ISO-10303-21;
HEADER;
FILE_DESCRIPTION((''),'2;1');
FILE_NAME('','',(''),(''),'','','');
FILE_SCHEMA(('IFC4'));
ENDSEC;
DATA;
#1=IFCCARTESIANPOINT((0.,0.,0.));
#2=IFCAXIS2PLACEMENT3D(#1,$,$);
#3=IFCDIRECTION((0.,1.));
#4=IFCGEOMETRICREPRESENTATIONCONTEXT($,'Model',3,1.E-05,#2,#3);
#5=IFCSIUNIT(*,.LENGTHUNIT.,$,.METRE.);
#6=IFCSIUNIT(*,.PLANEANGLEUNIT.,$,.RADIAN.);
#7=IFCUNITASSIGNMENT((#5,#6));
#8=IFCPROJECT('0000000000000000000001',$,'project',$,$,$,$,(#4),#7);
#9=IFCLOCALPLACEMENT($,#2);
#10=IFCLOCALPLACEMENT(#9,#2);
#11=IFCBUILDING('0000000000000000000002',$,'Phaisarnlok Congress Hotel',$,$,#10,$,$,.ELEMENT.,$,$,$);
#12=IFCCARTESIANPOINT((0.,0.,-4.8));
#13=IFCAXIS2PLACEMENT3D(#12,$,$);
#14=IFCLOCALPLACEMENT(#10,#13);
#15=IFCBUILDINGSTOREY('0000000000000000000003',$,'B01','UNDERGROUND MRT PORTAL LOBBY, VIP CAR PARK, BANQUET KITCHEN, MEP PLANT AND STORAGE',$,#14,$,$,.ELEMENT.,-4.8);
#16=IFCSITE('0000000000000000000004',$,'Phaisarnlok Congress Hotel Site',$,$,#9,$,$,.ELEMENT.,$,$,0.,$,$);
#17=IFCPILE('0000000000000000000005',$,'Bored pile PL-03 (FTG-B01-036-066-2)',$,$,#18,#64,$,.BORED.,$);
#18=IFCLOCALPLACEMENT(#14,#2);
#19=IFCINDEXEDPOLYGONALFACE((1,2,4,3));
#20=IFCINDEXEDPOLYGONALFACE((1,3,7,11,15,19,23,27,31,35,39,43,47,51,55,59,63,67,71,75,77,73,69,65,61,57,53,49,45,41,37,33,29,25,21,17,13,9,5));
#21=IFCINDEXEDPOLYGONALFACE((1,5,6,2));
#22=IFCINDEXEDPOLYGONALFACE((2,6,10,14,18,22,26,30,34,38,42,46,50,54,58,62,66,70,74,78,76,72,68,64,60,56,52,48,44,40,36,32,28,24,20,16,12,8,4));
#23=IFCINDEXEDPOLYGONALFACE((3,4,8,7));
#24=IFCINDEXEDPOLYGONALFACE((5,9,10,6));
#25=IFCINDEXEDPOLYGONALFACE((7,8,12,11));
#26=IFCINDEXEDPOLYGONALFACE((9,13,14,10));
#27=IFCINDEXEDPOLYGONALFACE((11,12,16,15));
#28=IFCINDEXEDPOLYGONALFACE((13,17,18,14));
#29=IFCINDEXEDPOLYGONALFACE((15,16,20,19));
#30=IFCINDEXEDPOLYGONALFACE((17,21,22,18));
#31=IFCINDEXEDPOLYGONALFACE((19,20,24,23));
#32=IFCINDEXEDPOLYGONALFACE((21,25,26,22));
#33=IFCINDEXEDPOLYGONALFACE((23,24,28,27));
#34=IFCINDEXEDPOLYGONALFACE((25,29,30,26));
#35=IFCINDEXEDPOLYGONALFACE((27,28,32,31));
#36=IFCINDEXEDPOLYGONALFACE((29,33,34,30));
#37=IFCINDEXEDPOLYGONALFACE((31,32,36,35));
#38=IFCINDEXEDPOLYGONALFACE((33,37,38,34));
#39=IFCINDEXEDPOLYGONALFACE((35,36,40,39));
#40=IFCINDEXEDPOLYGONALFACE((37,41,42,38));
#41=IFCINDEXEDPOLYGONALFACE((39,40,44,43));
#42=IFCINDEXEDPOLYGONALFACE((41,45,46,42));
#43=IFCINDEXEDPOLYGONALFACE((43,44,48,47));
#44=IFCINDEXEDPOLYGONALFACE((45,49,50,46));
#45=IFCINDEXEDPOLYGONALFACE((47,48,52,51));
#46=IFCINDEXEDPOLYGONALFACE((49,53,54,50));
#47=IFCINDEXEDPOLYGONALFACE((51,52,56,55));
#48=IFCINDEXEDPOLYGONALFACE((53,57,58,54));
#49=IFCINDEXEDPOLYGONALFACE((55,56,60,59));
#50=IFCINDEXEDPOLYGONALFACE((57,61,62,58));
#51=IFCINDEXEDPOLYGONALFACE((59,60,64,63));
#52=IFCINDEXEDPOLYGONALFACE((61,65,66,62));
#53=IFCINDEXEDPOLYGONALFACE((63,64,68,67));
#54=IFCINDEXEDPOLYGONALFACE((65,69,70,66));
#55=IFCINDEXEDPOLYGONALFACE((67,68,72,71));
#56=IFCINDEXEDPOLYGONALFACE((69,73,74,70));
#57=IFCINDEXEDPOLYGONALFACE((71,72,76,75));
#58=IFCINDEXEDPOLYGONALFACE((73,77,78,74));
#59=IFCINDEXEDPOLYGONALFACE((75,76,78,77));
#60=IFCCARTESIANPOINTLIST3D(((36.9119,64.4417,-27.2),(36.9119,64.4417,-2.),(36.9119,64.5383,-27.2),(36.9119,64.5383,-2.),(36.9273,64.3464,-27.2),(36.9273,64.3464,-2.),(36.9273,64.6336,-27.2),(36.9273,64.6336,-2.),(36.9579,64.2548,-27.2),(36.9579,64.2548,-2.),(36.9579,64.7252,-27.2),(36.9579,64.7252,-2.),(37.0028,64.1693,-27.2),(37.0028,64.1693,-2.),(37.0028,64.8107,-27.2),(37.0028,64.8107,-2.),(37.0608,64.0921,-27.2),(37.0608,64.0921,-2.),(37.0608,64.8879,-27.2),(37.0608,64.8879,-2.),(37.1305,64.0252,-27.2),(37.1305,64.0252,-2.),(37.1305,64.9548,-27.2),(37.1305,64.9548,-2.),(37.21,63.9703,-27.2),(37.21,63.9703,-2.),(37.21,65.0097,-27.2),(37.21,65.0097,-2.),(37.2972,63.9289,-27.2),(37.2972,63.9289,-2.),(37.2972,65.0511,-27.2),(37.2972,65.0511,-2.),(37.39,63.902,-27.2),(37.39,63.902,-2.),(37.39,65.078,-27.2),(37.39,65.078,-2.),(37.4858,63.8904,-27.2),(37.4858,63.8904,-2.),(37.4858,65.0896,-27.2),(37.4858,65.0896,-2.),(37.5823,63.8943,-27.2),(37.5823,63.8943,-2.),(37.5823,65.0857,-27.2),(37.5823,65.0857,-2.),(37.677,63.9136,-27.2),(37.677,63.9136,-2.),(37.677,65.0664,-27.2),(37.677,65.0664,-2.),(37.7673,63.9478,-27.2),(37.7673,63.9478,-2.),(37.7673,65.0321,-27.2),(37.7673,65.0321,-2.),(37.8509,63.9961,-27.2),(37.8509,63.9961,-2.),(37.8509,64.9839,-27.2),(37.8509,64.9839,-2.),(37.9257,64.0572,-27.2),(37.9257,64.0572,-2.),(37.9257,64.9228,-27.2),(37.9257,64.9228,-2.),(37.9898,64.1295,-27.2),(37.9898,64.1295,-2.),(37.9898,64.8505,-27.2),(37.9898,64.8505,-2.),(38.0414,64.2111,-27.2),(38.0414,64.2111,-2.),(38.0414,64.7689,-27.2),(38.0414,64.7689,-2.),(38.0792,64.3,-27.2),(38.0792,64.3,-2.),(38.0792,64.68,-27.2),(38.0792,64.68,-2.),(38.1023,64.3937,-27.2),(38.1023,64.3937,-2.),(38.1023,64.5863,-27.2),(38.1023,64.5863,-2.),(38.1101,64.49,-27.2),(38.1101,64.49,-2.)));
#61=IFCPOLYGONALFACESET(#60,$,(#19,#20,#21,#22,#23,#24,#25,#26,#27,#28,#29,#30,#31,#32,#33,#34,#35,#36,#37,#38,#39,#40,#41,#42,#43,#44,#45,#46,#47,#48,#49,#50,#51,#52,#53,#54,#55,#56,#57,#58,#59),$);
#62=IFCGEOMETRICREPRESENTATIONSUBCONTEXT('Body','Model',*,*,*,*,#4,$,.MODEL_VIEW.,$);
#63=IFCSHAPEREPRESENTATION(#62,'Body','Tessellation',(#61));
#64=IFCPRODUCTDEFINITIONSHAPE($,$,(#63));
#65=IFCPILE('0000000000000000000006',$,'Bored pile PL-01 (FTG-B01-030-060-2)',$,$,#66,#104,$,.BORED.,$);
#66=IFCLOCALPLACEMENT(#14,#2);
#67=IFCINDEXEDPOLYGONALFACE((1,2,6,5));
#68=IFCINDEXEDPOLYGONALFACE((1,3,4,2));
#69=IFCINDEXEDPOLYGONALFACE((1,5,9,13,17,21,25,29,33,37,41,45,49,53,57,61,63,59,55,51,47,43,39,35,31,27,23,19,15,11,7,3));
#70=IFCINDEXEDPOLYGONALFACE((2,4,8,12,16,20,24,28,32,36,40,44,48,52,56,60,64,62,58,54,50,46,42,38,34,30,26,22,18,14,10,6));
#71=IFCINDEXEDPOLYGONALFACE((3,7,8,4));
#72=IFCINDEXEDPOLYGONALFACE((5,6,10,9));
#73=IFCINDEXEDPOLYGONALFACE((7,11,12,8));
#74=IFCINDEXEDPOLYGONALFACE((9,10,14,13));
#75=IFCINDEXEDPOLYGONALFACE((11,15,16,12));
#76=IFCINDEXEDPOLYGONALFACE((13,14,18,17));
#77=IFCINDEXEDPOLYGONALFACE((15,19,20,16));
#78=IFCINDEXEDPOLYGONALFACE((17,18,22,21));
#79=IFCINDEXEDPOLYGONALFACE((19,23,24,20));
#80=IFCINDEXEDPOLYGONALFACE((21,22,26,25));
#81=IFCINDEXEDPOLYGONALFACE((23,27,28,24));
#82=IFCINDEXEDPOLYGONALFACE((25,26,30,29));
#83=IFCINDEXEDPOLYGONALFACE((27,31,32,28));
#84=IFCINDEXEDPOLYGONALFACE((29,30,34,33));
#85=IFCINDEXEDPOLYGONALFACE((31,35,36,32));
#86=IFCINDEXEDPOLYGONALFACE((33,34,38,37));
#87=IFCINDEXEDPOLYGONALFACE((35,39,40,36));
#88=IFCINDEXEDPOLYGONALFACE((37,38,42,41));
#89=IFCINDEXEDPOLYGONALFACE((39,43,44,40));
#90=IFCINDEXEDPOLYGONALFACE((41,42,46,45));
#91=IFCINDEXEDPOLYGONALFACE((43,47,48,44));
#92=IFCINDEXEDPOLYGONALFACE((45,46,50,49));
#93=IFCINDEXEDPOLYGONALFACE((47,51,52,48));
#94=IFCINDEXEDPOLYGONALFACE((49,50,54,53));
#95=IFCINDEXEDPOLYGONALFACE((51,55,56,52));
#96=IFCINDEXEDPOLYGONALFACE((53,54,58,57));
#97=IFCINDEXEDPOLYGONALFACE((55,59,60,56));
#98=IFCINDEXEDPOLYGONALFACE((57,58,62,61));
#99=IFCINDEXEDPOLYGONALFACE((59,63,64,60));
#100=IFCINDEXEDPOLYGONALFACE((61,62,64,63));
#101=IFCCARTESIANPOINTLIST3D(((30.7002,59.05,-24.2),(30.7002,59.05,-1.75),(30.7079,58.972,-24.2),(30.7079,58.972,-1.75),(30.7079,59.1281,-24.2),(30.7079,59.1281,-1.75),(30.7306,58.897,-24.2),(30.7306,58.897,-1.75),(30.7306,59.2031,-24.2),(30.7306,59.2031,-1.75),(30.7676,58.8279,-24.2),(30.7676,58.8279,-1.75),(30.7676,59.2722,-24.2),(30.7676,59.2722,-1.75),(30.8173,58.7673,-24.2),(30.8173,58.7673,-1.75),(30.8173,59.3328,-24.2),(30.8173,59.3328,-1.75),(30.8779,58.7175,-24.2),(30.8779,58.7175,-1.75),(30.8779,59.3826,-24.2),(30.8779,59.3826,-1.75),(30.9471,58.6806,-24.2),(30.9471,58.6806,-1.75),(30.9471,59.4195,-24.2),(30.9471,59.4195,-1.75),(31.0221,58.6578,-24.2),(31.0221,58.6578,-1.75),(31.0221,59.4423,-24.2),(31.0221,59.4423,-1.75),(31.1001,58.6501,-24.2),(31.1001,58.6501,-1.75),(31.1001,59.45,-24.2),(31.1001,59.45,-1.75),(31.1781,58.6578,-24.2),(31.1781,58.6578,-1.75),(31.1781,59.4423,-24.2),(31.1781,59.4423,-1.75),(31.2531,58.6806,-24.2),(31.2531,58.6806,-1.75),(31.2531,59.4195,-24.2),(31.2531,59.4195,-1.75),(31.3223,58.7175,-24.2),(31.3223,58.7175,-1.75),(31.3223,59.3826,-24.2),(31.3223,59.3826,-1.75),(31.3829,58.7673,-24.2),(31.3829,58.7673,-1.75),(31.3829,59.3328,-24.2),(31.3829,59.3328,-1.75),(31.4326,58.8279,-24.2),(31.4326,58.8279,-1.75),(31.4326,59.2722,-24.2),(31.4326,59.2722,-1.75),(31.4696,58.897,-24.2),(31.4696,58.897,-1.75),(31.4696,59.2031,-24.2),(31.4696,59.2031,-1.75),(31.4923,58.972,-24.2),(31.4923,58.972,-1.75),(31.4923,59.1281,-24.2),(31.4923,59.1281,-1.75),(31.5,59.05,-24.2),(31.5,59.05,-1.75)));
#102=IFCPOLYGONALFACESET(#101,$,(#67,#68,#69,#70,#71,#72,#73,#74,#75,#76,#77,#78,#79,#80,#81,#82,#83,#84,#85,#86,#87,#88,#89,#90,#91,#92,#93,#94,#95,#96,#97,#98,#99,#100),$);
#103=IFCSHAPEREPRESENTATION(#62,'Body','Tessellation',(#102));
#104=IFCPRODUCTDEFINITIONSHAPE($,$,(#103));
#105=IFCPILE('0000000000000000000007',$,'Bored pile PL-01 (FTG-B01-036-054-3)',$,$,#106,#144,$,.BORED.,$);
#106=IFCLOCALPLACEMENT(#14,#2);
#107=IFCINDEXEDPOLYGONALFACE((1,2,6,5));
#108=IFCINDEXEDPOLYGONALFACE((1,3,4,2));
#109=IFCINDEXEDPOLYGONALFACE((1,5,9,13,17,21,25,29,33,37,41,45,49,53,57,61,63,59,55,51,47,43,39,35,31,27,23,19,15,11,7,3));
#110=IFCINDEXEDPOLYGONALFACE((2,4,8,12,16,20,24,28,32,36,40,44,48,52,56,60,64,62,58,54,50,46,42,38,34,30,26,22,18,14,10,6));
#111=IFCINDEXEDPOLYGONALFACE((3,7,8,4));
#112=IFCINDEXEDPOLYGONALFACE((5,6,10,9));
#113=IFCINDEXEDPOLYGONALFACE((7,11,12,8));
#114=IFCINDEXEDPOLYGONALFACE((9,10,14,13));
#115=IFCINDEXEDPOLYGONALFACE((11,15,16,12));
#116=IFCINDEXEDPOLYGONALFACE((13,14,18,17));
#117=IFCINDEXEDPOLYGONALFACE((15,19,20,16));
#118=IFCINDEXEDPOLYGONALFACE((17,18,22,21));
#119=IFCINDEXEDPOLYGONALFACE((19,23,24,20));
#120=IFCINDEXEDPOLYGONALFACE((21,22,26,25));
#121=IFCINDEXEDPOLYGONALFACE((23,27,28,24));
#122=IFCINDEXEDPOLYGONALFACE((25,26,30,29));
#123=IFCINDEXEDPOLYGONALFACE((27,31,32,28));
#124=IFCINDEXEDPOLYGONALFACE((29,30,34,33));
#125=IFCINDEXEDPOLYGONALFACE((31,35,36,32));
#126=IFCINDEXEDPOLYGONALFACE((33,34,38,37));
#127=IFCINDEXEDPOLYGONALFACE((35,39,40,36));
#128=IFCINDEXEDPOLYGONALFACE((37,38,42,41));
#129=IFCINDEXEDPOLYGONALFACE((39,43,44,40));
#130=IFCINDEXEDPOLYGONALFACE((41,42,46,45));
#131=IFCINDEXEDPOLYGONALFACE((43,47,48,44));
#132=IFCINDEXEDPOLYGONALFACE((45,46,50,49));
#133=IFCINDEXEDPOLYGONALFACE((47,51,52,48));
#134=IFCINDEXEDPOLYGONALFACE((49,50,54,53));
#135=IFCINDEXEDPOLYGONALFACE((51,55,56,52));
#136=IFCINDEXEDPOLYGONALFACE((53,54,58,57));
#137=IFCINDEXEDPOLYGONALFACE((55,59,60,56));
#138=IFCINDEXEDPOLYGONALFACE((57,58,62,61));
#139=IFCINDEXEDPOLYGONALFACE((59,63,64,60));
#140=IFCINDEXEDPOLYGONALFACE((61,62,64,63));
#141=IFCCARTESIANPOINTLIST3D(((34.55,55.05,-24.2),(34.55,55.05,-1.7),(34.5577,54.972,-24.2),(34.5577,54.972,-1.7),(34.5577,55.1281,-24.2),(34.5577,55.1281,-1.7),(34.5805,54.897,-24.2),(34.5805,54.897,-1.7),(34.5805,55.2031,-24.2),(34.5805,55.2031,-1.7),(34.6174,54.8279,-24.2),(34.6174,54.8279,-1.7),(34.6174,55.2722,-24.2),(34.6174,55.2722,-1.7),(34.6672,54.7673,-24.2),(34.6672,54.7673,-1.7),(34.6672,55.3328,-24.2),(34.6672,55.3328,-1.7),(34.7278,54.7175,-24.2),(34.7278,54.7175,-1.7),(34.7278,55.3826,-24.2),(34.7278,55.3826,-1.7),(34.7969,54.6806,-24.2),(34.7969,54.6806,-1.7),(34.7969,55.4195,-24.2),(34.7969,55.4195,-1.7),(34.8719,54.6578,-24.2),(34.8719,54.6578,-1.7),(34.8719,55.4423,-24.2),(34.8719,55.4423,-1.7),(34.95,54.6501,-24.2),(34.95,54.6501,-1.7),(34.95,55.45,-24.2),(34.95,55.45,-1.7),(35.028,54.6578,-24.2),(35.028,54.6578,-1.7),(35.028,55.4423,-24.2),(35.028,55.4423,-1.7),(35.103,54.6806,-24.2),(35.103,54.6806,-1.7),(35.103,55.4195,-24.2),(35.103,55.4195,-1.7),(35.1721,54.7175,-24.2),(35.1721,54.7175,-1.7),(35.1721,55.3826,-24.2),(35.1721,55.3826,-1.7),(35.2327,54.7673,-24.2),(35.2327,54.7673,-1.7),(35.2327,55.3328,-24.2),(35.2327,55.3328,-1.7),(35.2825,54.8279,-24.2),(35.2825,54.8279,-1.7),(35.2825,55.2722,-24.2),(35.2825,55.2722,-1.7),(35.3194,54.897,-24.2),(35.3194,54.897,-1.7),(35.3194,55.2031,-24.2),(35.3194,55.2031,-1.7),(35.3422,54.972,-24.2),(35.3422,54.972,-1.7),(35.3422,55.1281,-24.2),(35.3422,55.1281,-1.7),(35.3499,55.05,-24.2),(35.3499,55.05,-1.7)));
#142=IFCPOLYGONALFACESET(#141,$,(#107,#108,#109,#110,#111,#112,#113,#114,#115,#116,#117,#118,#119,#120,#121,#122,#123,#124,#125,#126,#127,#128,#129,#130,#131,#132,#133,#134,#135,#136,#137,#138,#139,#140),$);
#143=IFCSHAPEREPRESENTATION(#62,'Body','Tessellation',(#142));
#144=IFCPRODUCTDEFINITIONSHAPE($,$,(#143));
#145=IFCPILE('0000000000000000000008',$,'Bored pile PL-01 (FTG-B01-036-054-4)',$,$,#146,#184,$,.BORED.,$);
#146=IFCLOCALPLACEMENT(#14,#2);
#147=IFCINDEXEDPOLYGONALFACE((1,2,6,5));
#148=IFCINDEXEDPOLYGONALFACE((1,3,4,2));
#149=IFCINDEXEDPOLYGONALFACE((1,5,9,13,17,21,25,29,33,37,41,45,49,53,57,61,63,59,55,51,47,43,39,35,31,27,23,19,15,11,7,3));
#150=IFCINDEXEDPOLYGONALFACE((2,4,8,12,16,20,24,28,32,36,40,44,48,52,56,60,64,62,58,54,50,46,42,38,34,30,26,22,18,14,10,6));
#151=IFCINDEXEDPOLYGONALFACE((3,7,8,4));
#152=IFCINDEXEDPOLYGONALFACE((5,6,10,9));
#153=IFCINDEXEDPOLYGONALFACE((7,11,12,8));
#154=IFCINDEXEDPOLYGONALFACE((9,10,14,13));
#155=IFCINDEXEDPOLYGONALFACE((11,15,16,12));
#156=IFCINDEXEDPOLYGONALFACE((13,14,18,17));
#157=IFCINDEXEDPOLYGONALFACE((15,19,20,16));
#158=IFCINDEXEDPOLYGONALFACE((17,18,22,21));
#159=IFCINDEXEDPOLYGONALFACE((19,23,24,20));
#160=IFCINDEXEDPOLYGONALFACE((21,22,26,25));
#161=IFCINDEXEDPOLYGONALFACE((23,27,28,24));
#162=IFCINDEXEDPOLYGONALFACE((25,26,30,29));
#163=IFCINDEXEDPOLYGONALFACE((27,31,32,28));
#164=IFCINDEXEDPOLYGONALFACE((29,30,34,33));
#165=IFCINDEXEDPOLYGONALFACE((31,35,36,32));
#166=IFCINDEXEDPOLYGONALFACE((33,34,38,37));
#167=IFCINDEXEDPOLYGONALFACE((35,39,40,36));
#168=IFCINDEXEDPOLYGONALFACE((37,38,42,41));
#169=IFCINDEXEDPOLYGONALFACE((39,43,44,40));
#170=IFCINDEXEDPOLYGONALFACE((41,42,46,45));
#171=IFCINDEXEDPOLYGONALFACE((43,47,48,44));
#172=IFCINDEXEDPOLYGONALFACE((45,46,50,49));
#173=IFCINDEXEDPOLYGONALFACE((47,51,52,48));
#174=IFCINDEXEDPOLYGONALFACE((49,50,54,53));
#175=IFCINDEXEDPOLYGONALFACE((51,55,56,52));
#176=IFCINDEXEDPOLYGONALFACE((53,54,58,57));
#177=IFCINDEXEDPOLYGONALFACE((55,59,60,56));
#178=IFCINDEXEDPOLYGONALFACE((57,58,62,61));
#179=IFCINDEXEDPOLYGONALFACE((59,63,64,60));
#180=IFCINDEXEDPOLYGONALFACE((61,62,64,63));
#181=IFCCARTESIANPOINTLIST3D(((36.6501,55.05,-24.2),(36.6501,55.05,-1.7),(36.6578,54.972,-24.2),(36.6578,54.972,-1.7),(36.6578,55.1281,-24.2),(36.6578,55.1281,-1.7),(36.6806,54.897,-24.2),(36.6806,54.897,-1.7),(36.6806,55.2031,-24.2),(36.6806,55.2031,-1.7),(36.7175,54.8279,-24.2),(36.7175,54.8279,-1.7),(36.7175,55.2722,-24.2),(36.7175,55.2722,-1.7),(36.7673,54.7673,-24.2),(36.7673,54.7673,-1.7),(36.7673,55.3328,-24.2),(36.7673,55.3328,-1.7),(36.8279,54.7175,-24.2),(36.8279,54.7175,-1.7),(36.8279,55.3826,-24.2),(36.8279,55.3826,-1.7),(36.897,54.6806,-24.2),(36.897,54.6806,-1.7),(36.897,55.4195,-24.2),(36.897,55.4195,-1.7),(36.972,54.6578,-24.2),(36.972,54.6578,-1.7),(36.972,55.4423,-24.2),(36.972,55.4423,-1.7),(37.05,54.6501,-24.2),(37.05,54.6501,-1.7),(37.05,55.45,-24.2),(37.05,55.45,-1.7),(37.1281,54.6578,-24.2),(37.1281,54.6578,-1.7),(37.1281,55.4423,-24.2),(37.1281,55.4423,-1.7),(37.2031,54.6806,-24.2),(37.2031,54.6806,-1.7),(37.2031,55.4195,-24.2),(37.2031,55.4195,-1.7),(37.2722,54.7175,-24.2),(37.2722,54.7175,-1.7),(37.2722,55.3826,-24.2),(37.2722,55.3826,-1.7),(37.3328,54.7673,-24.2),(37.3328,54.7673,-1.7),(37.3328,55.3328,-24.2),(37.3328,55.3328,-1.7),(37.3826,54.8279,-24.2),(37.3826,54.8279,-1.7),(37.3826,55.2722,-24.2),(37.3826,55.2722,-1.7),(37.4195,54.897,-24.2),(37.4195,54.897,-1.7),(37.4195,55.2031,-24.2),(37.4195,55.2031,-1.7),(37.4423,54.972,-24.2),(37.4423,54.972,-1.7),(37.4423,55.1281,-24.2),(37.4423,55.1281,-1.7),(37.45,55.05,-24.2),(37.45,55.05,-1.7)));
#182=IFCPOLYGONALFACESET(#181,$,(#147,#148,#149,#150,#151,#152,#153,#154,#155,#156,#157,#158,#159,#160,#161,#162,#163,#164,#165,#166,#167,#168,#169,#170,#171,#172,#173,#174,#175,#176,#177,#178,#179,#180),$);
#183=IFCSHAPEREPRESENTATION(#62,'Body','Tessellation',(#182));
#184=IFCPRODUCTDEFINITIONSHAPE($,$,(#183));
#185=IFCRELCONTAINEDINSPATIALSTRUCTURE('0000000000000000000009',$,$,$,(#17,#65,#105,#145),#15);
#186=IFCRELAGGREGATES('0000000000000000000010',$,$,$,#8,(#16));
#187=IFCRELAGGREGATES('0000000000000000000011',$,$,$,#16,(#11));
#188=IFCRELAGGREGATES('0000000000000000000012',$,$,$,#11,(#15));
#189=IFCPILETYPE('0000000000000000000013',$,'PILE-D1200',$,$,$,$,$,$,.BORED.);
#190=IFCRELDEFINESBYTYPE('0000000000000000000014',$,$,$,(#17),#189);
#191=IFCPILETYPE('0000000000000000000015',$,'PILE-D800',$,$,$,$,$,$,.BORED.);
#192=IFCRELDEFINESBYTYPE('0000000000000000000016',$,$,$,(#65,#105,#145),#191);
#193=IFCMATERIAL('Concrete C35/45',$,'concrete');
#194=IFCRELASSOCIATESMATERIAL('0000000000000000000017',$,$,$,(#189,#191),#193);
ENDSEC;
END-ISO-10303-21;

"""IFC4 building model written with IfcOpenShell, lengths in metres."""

from ifc_helpers import new_model, si_unit, direction, frame, origin, origin_2d, place, context, subcontext, project, spatial, circle, extrude, material, material_profile, profile_set, type_object, element, save


model = new_model("IFC4")

# Units and contexts
model_context = context("Model", 3, precision=1e-05, world=origin(), true_north=direction((0.0, 1.0)))
body_context = subcontext(model_context, "Body", "Model", "MODEL_VIEW")
ifc_project = project(units=[si_unit("LENGTHUNIT", "METRE"), si_unit("PLANEANGLEUNIT", "RADIAN")], contexts=[model_context])

# Site, building, storey
site_placement = place(None, origin())
site = spatial("IfcSite", under=ifc_project, at=site_placement, Name="Phaisarnlok Congress Hotel Site", CompositionType="ELEMENT", RefElevation=0.0)
building_placement = place(site_placement, origin())
building = spatial("IfcBuilding", under=site, at=building_placement, Name="Phaisarnlok Congress Hotel", CompositionType="ELEMENT")
storey_placement = place(building_placement, frame((0.0, 0.0, -4.8)))
storey = spatial("IfcBuildingStorey", under=building, at=storey_placement, Name="B01", Description="UNDERGROUND MRT PORTAL LOBBY, VIP CAR PARK, BANQUET KITCHEN, MEP PLANT AND STORAGE", CompositionType="ELEMENT", Elevation=-4.8)

# Piles
ifc_material_1 = material(Name="Concrete C35/45", Category="concrete")
ifc_material_profile_1 = material_profile(ifc_material_1, circle(Radius=0.6001, at=origin_2d()), Name="BORED PILE D1200")
ifc_profile_set_1 = profile_set([ifc_material_profile_1], Name="Concrete C35/45")
pile_type_1 = type_object("IfcPileType", Name="PILE-D1200", PredefinedType="BORED", material=ifc_profile_set_1)
for number, where, z_axis, x_axis, name in (
    (1, (37.51, 64.49, -2.0), (0.0, 0.0, -1.0), (1.0, 0.0, 0.0), "Bored pile PL-03 (FTG-B01-036-066-2)"),
):
    element("IfcPile", number, at=place(storey_placement, frame(where, z_axis=z_axis, x_axis=x_axis)), inside=storey, type_object=pile_type_1, Name=name, PredefinedType="BORED", context=body_context, shape_type="SweptSolid", body=[
        extrude(circle(Radius=0.6001, at=origin_2d()), origin(), (0.0, 0.0, 1.0), 25.2),
    ])
ifc_material_profile_2 = material_profile(ifc_material_1, circle(Radius=0.3999, at=origin_2d()), Name="BORED PILE D800")
ifc_profile_set_2 = profile_set([ifc_material_profile_2], Name="Concrete C35/45")
pile_type_2 = type_object("IfcPileType", Name="PILE-D800", PredefinedType="BORED", material=ifc_profile_set_2)
pile_1_placement = place(storey_placement, frame((31.1001, 59.05, -1.75), z_axis=(0.0, 0.0, -1.0), x_axis=(1.0, 0.0, 0.0)))
element("IfcPile", 2, at=pile_1_placement, inside=storey, type_object=pile_type_2, Name="Bored pile PL-01 (FTG-B01-030-060-2)", PredefinedType="BORED", context=body_context, shape_type="SweptSolid", body=[
    extrude(circle(Radius=0.3999, at=origin_2d()), origin(), (0.0, 0.0, 1.0), 22.45),
])
for number, where, z_axis, x_axis, name in (
    (3, (34.95, 55.05, -1.7), (0.0, 0.0, -1.0), (1.0, 0.0, 0.0), "Bored pile PL-01 (FTG-B01-036-054-3)"),
    (4, (37.05, 55.05, -1.7), (0.0, 0.0, -1.0), (1.0, 0.0, 0.0), "Bored pile PL-01 (FTG-B01-036-054-4)"),
):
    element("IfcPile", number, at=place(storey_placement, frame(where, z_axis=z_axis, x_axis=x_axis)), inside=storey, type_object=pile_type_2, Name=name, PredefinedType="BORED", context=body_context, shape_type="SweptSolid", body=[
        extrude(circle(Radius=0.3999, at=origin_2d()), origin(), (0.0, 0.0, 1.0), 22.5),
    ])

save(model, "model.ifc")
